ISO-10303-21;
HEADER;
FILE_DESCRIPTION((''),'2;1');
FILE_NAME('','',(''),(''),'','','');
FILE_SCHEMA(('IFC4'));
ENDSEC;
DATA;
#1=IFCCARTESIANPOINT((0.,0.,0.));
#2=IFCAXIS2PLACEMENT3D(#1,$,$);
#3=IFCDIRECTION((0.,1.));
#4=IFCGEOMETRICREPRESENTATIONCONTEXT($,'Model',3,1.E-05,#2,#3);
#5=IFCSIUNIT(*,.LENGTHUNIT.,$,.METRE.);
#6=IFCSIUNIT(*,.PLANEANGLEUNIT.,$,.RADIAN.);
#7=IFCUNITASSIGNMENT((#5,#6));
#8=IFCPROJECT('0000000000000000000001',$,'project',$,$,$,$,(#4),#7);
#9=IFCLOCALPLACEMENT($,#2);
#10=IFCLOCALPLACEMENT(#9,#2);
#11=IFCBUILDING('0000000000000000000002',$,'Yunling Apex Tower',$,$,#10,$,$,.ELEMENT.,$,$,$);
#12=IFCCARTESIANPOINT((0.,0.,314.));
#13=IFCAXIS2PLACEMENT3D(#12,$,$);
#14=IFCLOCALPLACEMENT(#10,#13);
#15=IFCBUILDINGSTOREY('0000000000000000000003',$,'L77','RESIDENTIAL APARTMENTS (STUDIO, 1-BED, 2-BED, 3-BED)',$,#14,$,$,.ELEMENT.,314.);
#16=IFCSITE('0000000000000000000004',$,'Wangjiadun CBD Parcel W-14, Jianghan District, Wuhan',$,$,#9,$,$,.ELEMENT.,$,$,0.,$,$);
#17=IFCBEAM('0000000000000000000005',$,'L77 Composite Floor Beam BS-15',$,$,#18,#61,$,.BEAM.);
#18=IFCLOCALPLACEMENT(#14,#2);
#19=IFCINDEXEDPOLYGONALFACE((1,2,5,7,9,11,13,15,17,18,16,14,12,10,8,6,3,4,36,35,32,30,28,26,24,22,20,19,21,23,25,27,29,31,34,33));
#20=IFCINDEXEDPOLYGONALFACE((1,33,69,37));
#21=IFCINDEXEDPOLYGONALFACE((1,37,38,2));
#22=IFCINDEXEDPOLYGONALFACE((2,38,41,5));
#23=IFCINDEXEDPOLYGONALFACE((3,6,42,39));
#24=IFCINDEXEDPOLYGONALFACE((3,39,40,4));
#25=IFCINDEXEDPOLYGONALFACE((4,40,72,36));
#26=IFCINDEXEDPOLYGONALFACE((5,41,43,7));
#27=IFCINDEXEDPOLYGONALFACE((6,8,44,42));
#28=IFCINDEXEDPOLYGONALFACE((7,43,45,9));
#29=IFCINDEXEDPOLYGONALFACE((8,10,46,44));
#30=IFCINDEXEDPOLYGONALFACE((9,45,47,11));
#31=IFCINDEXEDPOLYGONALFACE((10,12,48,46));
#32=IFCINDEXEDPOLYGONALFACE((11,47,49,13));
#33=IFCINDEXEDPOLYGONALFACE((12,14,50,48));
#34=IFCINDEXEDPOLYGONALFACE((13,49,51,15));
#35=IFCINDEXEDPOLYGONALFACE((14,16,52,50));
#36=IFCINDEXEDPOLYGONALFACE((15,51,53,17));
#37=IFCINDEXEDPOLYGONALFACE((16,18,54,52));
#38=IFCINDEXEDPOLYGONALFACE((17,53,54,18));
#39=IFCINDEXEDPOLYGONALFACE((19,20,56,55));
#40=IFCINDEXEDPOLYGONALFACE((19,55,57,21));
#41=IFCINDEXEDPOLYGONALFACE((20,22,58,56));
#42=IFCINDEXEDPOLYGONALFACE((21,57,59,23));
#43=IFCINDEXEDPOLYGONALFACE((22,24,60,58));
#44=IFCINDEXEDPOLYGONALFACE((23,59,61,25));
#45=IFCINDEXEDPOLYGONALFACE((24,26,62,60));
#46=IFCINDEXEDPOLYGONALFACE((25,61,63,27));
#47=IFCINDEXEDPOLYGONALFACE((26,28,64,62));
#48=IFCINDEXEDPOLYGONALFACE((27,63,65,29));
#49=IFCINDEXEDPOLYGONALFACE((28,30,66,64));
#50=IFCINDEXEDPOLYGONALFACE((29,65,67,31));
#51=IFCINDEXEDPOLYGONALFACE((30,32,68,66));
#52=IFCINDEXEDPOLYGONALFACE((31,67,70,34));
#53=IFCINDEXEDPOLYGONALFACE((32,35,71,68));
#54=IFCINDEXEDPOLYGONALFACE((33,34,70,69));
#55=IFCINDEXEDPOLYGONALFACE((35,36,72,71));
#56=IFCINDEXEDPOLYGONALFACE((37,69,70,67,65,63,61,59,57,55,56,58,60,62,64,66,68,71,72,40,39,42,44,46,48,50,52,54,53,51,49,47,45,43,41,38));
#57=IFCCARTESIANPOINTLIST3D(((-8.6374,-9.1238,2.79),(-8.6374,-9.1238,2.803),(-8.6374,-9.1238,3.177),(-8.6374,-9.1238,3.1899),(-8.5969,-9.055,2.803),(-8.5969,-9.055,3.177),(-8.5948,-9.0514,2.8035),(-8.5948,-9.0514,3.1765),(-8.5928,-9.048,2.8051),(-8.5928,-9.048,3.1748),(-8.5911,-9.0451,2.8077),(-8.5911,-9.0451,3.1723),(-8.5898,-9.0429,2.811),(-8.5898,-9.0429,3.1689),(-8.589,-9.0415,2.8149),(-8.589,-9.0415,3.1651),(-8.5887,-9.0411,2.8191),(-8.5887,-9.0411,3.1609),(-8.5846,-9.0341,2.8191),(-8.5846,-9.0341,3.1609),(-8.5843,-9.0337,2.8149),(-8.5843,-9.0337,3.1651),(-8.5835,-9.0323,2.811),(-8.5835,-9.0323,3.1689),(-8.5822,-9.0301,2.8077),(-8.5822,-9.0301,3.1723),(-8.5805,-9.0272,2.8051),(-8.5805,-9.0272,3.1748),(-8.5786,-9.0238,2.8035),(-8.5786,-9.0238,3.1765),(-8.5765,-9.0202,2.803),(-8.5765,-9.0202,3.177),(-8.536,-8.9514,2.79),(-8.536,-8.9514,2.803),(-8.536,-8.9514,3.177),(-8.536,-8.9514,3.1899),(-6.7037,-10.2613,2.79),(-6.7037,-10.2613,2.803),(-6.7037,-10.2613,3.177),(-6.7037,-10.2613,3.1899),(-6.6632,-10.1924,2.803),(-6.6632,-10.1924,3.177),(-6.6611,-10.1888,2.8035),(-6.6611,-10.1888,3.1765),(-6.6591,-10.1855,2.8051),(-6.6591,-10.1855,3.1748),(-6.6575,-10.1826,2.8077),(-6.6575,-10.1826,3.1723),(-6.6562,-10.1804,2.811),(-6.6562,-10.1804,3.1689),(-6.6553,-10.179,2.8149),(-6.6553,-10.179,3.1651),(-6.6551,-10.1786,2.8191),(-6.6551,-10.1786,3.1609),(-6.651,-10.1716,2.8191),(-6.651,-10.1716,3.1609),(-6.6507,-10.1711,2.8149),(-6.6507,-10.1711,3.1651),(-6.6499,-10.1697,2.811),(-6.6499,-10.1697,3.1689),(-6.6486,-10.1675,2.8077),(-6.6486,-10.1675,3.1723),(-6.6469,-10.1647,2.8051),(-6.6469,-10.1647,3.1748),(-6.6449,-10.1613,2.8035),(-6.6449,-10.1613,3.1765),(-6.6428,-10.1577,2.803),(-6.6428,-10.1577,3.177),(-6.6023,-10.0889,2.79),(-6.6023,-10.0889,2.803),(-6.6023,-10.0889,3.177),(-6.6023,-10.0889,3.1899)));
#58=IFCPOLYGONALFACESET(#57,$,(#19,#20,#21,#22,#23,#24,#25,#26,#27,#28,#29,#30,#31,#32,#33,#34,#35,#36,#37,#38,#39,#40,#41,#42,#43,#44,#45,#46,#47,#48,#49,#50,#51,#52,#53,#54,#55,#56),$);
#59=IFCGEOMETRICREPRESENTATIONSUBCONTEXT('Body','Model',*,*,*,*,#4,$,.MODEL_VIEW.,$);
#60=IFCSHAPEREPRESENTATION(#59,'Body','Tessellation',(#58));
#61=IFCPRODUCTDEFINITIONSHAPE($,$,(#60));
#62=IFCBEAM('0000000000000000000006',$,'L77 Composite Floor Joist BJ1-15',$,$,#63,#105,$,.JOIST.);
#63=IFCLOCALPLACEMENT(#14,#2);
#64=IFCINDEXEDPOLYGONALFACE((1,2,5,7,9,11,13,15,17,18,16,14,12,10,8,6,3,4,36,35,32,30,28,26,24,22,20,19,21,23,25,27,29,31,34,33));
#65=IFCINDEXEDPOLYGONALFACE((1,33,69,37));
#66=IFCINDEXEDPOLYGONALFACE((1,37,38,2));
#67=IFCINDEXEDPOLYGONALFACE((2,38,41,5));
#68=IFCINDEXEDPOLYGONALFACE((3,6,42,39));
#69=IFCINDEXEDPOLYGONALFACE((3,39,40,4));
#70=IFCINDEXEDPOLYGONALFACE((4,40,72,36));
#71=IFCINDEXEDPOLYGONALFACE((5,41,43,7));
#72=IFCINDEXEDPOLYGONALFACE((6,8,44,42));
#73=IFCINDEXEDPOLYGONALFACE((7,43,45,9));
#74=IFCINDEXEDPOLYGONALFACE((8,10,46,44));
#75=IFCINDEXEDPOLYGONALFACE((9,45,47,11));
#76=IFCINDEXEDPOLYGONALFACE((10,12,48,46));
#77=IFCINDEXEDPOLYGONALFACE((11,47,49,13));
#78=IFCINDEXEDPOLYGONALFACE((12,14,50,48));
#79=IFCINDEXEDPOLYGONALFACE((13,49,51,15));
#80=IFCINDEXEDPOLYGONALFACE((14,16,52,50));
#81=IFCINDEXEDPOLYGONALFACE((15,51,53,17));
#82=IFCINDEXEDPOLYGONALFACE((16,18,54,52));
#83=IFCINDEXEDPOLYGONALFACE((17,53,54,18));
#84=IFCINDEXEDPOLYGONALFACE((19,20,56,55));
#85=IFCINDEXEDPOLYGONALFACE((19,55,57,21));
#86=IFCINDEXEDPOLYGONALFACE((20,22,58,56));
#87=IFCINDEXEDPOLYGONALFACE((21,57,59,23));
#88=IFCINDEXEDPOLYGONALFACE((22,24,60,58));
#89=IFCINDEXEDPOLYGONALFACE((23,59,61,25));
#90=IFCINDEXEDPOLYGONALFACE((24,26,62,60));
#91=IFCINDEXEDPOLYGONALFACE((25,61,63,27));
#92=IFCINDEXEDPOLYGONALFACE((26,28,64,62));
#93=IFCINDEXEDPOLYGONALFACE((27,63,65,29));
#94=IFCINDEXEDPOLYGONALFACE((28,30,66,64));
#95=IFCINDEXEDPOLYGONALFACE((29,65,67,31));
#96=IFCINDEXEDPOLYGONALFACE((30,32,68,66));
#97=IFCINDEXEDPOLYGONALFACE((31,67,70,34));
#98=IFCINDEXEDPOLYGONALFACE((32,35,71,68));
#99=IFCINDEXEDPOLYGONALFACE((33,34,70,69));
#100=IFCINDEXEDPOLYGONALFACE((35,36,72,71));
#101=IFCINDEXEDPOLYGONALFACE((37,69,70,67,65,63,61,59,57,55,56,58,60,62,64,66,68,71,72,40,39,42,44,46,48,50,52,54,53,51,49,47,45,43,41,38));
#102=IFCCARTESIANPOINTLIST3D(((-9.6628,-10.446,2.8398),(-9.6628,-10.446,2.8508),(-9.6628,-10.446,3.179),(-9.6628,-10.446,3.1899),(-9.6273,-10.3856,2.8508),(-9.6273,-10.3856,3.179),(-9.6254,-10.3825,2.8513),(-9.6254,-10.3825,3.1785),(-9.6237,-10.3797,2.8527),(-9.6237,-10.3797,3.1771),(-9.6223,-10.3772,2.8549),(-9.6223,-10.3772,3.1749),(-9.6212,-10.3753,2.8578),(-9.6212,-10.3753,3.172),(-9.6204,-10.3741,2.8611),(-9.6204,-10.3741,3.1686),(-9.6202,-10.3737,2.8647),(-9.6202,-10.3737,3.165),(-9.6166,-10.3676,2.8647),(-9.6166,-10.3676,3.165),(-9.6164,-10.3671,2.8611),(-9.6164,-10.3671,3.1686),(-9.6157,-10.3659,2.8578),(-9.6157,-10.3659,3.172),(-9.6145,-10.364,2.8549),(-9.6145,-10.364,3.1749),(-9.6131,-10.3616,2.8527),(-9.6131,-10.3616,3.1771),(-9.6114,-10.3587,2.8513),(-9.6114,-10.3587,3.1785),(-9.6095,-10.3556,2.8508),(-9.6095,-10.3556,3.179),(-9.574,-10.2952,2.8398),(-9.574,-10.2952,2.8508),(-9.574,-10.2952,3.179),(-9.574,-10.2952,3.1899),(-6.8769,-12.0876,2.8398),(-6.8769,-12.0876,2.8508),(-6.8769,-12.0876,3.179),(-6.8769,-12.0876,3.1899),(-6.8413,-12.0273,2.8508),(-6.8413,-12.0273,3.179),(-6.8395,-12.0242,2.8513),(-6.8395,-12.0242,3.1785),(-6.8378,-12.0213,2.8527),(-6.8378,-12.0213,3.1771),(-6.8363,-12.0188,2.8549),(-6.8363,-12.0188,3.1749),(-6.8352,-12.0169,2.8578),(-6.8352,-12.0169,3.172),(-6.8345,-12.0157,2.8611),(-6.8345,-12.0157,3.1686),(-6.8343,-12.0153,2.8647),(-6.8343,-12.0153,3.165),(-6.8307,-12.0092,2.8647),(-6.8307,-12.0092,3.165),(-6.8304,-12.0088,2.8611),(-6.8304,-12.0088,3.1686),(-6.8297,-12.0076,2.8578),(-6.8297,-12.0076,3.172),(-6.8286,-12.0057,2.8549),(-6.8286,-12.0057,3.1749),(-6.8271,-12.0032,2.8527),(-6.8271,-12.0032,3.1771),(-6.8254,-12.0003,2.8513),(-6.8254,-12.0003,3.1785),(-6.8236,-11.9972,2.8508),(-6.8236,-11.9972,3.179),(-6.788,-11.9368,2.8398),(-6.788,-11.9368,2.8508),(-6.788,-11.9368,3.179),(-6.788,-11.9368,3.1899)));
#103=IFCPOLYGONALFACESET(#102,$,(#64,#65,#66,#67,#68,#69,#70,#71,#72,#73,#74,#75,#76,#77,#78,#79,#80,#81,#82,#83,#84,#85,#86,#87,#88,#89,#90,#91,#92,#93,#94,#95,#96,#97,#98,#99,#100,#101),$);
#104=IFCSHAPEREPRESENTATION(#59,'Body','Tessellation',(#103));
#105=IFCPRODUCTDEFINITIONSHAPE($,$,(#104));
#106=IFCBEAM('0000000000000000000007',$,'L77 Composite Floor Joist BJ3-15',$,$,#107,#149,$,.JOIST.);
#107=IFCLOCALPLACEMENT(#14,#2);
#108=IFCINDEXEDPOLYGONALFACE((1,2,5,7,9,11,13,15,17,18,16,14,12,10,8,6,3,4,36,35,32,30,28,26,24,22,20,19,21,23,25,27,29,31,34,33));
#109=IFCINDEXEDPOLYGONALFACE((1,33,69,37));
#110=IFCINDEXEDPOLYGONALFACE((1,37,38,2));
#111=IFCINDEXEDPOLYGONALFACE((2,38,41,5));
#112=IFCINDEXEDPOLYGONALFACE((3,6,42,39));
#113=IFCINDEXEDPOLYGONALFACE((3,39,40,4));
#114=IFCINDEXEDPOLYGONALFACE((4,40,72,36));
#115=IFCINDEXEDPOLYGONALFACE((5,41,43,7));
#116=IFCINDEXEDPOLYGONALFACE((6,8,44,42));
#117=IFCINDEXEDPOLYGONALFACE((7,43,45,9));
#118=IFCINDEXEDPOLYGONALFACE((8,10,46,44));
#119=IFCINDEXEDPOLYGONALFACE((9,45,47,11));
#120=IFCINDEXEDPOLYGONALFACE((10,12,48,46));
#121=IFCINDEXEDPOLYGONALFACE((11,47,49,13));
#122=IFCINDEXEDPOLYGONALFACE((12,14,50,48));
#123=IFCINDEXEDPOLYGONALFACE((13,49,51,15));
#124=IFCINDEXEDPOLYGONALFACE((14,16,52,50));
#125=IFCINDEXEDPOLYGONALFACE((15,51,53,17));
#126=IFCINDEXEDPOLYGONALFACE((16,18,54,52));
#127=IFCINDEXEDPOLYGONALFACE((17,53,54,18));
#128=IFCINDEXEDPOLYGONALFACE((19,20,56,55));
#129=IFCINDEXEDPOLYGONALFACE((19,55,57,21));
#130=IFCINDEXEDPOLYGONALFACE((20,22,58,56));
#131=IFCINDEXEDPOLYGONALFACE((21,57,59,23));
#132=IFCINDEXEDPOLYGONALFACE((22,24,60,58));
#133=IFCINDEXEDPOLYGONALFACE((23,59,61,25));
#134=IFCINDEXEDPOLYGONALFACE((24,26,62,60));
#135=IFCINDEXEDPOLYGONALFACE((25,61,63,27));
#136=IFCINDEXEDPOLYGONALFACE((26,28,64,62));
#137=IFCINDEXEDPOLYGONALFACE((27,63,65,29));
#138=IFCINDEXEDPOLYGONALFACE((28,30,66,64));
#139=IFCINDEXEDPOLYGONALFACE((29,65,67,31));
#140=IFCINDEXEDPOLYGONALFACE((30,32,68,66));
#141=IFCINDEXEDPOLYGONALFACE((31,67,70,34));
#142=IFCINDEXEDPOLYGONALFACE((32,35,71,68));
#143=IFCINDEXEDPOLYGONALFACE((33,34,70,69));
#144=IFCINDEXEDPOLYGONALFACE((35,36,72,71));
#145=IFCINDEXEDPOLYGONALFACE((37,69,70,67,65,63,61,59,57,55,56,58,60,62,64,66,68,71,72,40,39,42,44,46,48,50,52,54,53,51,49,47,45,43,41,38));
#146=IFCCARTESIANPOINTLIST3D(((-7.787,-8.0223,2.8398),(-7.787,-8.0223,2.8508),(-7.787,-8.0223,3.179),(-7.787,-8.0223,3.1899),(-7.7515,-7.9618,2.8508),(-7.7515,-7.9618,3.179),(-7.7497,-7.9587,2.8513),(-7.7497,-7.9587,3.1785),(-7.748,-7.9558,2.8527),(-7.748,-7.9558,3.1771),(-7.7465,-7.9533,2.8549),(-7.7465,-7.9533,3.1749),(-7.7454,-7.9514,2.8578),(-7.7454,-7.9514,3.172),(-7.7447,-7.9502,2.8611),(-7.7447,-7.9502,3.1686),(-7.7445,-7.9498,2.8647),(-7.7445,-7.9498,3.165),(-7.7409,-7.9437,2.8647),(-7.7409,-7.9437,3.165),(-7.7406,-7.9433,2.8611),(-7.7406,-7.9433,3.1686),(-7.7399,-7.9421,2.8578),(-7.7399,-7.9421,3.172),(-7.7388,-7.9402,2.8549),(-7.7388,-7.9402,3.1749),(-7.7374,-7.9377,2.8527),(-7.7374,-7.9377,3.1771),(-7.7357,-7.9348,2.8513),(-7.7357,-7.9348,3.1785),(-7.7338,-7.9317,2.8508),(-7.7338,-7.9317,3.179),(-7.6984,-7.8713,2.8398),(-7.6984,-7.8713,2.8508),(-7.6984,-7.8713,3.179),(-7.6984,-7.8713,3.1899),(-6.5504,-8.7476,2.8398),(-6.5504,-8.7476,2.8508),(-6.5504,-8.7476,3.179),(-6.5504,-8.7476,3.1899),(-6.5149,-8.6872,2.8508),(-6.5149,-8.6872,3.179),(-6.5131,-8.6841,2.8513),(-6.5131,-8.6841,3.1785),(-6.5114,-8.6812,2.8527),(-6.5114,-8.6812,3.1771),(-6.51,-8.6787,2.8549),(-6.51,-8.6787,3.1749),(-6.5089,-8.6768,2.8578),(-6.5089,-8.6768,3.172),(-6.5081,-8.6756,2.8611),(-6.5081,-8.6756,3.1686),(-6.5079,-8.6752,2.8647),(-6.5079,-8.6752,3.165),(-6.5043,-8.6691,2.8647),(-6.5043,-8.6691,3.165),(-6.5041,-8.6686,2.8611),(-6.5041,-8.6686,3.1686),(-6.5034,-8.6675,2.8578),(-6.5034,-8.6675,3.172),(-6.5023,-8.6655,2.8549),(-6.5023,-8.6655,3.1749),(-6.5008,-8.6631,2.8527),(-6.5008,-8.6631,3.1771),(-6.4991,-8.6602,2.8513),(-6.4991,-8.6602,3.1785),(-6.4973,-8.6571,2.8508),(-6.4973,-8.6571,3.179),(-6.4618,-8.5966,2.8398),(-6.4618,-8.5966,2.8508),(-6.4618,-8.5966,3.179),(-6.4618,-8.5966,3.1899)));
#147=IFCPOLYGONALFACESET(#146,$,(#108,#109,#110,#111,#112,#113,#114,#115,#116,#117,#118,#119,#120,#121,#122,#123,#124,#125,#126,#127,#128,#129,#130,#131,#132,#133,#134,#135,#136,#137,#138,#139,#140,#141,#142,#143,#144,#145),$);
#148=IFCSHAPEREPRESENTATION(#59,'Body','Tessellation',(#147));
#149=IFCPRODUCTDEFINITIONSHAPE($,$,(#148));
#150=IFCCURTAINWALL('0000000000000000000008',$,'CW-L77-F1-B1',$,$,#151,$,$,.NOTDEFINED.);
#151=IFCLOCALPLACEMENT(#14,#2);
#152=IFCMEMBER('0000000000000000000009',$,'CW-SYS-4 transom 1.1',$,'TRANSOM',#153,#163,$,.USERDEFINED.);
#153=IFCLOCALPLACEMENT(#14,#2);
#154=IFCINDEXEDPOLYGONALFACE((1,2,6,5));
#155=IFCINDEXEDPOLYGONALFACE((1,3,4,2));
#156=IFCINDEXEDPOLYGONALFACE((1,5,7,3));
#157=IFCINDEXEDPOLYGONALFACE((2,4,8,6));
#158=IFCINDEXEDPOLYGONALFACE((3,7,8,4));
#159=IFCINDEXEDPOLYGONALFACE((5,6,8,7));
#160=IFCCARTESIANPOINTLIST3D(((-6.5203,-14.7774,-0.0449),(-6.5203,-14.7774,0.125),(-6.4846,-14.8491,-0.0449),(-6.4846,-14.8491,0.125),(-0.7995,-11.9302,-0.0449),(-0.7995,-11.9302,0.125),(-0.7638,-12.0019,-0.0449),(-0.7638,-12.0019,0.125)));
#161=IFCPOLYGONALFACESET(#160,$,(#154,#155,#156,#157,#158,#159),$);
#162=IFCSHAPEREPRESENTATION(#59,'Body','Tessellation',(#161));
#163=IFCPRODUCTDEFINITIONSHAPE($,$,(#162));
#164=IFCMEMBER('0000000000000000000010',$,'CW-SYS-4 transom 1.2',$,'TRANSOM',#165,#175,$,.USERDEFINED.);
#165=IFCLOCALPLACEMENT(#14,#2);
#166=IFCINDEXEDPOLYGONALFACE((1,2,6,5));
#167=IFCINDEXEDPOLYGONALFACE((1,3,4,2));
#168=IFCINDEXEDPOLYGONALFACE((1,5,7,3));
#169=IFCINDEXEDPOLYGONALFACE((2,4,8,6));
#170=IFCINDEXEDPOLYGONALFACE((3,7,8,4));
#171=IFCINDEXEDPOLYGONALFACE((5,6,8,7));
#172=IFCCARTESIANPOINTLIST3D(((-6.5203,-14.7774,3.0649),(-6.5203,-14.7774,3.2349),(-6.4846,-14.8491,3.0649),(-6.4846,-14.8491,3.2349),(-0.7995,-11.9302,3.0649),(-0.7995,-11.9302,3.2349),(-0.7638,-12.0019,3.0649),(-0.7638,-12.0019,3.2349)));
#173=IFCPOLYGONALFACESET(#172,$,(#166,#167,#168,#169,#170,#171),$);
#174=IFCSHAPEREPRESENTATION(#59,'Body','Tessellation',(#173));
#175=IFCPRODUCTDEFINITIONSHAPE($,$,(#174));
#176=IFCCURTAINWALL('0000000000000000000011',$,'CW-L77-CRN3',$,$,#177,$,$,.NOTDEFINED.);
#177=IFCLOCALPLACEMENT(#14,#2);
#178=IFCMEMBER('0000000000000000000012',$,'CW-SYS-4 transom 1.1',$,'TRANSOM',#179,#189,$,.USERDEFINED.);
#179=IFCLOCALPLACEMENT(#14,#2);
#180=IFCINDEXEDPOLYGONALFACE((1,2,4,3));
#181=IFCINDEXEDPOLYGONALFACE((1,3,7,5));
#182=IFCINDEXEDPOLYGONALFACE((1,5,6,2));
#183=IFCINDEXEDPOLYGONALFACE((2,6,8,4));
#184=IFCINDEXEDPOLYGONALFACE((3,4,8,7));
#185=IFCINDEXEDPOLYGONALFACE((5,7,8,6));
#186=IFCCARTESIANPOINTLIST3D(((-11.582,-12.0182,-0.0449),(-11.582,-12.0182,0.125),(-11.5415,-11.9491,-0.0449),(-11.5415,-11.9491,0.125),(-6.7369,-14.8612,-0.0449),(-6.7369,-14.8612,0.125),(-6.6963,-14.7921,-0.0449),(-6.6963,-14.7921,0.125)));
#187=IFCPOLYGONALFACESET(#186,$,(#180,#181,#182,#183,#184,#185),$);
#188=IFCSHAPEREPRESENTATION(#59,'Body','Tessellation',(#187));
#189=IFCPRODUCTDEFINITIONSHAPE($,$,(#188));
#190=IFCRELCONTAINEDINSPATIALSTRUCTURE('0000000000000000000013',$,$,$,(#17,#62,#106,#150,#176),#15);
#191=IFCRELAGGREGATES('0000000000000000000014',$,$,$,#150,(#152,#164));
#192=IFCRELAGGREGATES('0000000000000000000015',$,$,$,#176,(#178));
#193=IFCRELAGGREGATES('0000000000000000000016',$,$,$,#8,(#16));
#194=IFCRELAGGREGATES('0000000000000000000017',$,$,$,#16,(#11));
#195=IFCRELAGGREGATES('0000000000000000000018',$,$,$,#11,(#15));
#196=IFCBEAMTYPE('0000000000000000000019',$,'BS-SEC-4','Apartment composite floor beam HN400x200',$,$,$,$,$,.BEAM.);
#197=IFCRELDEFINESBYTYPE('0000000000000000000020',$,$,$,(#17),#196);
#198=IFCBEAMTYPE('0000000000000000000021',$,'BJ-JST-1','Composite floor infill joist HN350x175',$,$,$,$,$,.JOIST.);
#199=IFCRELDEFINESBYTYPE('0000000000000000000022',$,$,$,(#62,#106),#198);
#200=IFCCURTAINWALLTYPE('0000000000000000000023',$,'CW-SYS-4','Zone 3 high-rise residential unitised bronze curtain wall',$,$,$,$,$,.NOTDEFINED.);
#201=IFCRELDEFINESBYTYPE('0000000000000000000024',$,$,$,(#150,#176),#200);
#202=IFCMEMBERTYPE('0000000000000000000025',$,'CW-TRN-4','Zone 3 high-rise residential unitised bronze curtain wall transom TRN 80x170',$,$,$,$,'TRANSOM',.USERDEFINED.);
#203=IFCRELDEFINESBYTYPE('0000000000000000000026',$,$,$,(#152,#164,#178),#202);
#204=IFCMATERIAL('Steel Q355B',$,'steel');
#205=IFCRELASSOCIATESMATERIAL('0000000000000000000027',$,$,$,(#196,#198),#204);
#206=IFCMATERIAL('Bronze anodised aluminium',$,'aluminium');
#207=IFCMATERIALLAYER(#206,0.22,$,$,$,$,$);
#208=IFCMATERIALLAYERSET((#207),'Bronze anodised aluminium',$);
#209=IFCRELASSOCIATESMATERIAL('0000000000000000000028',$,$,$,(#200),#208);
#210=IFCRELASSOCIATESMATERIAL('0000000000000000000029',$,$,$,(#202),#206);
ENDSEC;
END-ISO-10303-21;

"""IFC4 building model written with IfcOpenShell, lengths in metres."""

from ifc_helpers import new_model, si_unit, direction, frame, origin, origin_2d, place, context, subcontext, project, spatial, rectangle, i_section, extrude, source, transform, mapped, material, layer, layer_set, material_profile, profile_set, type_object, element, aggregate, save


model = new_model("IFC4")

# Units and contexts
model_context = context("Model", 3, precision=1e-05, world=origin(), true_north=direction((0.0, 1.0)))
body_context = subcontext(model_context, "Body", "Model", "MODEL_VIEW")
ifc_project = project(units=[si_unit("LENGTHUNIT", "METRE"), si_unit("PLANEANGLEUNIT", "RADIAN")], contexts=[model_context])

# Site, building, storey
site_placement = place(None, origin())
site = spatial("IfcSite", under=ifc_project, at=site_placement, Name="Wangjiadun CBD Parcel W-14, Jianghan District, Wuhan", CompositionType="ELEMENT", RefElevation=0.0)
building_placement = place(site_placement, origin())
building = spatial("IfcBuilding", under=site, at=building_placement, Name="Yunling Apex Tower", CompositionType="ELEMENT")
storey_placement = place(building_placement, frame((0.0, 0.0, 314.0)))
storey = spatial("IfcBuildingStorey", under=building, at=storey_placement, Name="L77", Description="RESIDENTIAL APARTMENTS (STUDIO, 1-BED, 2-BED, 3-BED)", CompositionType="ELEMENT", Elevation=314.0)

# Shared definitions
ifc_material_1 = material(Name="Steel Q355B", Category="steel")

# Beams
ifc_material_profile_1 = material_profile(ifc_material_1, i_section(OverallWidth=0.2, OverallDepth=0.3999, WebThickness=0.0081, FlangeThickness=0.0129, FilletRadius=0.0161, at=origin_2d()))
ifc_profile_set_1 = profile_set([ifc_material_profile_1], Name="Steel Q355B")
beam_type_1 = type_object("IfcBeamType", Name="BS-SEC-4", Description="Apartment composite floor beam HN400x200", PredefinedType="BEAM", material=ifc_profile_set_1)
ifc_material_profile_2 = material_profile(ifc_material_1, i_section(OverallWidth=0.175, OverallDepth=0.3501, WebThickness=0.0071, FlangeThickness=0.011, FilletRadius=0.0139, at=origin_2d()))
ifc_profile_set_2 = profile_set([ifc_material_profile_2], Name="Steel Q355B")
beam_type_2 = type_object("IfcBeamType", Name="BJ-JST-1", Description="Composite floor infill joist HN350x175", PredefinedType="JOIST", material=ifc_profile_set_2)
shared_shape_1 = source(origin(), body_context, "Body", "SweptSolid", [
    extrude(i_section(OverallWidth=0.2, OverallDepth=0.3999, WebThickness=0.0081, FlangeThickness=0.0129, FilletRadius=0.0161, at=origin_2d()), origin(), (0.0, 0.0, 1.0), 2.2434),
])
beam_1_placement = place(storey_placement, frame((-8.5867, -9.0376, 2.99), z_axis=(0.861926, -0.507034, 0.0), x_axis=(0.507034, 0.861926, 0.0)))
element("IfcBeam", 1, at=beam_1_placement, inside=storey, type_object=beam_type_1, Name="L77 Composite Floor Beam BS-15", PredefinedType="BEAM", context=body_context, shape_type="MappedRepresentation", body=[
    mapped(shared_shape_1, transform((0.0, 0.0, 0.0), scale=1.0)),
])
shared_shape_2 = source(origin(), body_context, "Body", "SweptSolid", [
    extrude(i_section(OverallWidth=0.175, OverallDepth=0.3501, WebThickness=0.0071, FlangeThickness=0.011, FilletRadius=0.0139, at=origin_2d()), origin(), (0.0, 0.0, 1.0), 3.2336),
])
beam_2_placement = place(storey_placement, frame((-9.6184, -10.3706, 3.0149), z_axis=(0.86155, -0.507673, 0.0), x_axis=(0.507673, 0.86155, 0.0)))
element("IfcBeam", 2, at=beam_2_placement, inside=storey, type_object=beam_type_2, Name="L77 Composite Floor Joist BJ1-15", PredefinedType="JOIST", context=body_context, shape_type="MappedRepresentation", body=[
    mapped(shared_shape_2, transform((0.0, 0.0, 0.0), scale=1.0)),
])
shared_shape_3 = source(origin(), body_context, "Body", "SweptSolid", [
    extrude(i_section(OverallWidth=0.175, OverallDepth=0.3501, WebThickness=0.0071, FlangeThickness=0.011, FilletRadius=0.0139, at=origin_2d()), origin(), (0.0, 0.0, 1.0), 1.4336),
])
beam_3_placement = place(storey_placement, frame((-7.7427, -7.9468, 3.0149), z_axis=(0.86256, -0.505955, 0.0), x_axis=(0.505955, 0.86256, 0.0)))
element("IfcBeam", 3, at=beam_3_placement, inside=storey, type_object=beam_type_2, Name="L77 Composite Floor Joist BJ3-15", PredefinedType="JOIST", context=body_context, shape_type="MappedRepresentation", body=[
    mapped(shared_shape_3, transform((0.0, 0.0, 0.0), scale=1.0)),
])

# Curtain walls, members
ifc_material_2 = material(Name="Bronze anodised aluminium", Category="aluminium")
ifc_layer_1 = layer(ifc_material_2, 0.22)
ifc_layer_set_1 = layer_set([ifc_layer_1], Name="Bronze anodised aluminium")
curtain_wall_type = type_object("IfcCurtainWallType", Name="CW-SYS-4", Description="Zone 3 high-rise residential unitised bronze curtain wall", PredefinedType="NOTDEFINED", material=ifc_layer_set_1)
curtain_wall_1_placement = place(storey_placement, origin())
curtain_wall_1 = element("IfcCurtainWall", 4, at=curtain_wall_1_placement, inside=storey, type_object=curtain_wall_type, Name="CW-L77-F1-B1", PredefinedType="NOTDEFINED")
ifc_material_profile_3 = material_profile(ifc_material_2, rectangle(XDim=0.0801, YDim=0.1699, at=origin_2d()))
ifc_profile_set_3 = profile_set([ifc_material_profile_3], Name="Bronze anodised aluminium")
member_type_1 = type_object("IfcMemberType", Name="CW-TRN-4", Description="Zone 3 high-rise residential unitised bronze curtain wall transom TRN 80x170", ElementType="TRANSOM", PredefinedType="USERDEFINED", material=ifc_profile_set_3)
shared_shape_4 = source(origin(), body_context, "Body", "SweptSolid", [
    extrude(rectangle(XDim=0.0801, YDim=0.1699, at=origin_2d()), origin(), (0.0, 0.0, 1.0), 6.3901),
])
member_1_placement = place(storey_placement, frame((-6.5024, -14.8132, 0.04), z_axis=(0.895251, 0.445562, 0.0), x_axis=(-0.445562, 0.895251, 0.0)))
member_1 = element("IfcMember", 5, at=member_1_placement, type_object=member_type_1, Name="CW-SYS-4 transom 1.1", ObjectType="TRANSOM", PredefinedType="USERDEFINED", context=body_context, shape_type="MappedRepresentation", body=[
    mapped(shared_shape_4, transform((0.0, 0.0, 0.0), scale=1.0)),
])
member_2_placement = place(storey_placement, frame((-6.5024, -14.8132, 3.1499), z_axis=(0.895251, 0.445562, 0.0), x_axis=(-0.445562, 0.895251, 0.0)))
member_2 = element("IfcMember", 6, at=member_2_placement, type_object=member_type_1, Name="CW-SYS-4 transom 1.2", ObjectType="TRANSOM", PredefinedType="USERDEFINED", context=body_context, shape_type="MappedRepresentation", body=[
    mapped(shared_shape_4, transform((0.0, 0.0, 0.0), scale=1.0)),
])
curtain_wall_2_placement = place(storey_placement, origin())
curtain_wall_2 = element("IfcCurtainWall", 7, at=curtain_wall_2_placement, inside=storey, type_object=curtain_wall_type, Name="CW-L77-CRN3", PredefinedType="NOTDEFINED")
shared_shape_5 = source(origin(), body_context, "Body", "SweptSolid", [
    extrude(rectangle(XDim=0.0801, YDim=0.1699, at=origin_2d()), origin(), (0.0, 0.0, 1.0), 5.6177),
])
member_3_placement = place(storey_placement, frame((-11.5618, -11.9836, 0.04), z_axis=(0.862487, -0.50608, 0.0), x_axis=(0.50608, 0.862487, 0.0)))
member_3 = element("IfcMember", 8, at=member_3_placement, type_object=member_type_1, Name="CW-SYS-4 transom 1.1", ObjectType="TRANSOM", PredefinedType="USERDEFINED", context=body_context, shape_type="MappedRepresentation", body=[
    mapped(shared_shape_5, transform((0.0, 0.0, 0.0), scale=1.0)),
])

aggregate(curtain_wall_1, [member_1, member_2])
aggregate(curtain_wall_2, [member_3])

save(model, "model.ifc")
